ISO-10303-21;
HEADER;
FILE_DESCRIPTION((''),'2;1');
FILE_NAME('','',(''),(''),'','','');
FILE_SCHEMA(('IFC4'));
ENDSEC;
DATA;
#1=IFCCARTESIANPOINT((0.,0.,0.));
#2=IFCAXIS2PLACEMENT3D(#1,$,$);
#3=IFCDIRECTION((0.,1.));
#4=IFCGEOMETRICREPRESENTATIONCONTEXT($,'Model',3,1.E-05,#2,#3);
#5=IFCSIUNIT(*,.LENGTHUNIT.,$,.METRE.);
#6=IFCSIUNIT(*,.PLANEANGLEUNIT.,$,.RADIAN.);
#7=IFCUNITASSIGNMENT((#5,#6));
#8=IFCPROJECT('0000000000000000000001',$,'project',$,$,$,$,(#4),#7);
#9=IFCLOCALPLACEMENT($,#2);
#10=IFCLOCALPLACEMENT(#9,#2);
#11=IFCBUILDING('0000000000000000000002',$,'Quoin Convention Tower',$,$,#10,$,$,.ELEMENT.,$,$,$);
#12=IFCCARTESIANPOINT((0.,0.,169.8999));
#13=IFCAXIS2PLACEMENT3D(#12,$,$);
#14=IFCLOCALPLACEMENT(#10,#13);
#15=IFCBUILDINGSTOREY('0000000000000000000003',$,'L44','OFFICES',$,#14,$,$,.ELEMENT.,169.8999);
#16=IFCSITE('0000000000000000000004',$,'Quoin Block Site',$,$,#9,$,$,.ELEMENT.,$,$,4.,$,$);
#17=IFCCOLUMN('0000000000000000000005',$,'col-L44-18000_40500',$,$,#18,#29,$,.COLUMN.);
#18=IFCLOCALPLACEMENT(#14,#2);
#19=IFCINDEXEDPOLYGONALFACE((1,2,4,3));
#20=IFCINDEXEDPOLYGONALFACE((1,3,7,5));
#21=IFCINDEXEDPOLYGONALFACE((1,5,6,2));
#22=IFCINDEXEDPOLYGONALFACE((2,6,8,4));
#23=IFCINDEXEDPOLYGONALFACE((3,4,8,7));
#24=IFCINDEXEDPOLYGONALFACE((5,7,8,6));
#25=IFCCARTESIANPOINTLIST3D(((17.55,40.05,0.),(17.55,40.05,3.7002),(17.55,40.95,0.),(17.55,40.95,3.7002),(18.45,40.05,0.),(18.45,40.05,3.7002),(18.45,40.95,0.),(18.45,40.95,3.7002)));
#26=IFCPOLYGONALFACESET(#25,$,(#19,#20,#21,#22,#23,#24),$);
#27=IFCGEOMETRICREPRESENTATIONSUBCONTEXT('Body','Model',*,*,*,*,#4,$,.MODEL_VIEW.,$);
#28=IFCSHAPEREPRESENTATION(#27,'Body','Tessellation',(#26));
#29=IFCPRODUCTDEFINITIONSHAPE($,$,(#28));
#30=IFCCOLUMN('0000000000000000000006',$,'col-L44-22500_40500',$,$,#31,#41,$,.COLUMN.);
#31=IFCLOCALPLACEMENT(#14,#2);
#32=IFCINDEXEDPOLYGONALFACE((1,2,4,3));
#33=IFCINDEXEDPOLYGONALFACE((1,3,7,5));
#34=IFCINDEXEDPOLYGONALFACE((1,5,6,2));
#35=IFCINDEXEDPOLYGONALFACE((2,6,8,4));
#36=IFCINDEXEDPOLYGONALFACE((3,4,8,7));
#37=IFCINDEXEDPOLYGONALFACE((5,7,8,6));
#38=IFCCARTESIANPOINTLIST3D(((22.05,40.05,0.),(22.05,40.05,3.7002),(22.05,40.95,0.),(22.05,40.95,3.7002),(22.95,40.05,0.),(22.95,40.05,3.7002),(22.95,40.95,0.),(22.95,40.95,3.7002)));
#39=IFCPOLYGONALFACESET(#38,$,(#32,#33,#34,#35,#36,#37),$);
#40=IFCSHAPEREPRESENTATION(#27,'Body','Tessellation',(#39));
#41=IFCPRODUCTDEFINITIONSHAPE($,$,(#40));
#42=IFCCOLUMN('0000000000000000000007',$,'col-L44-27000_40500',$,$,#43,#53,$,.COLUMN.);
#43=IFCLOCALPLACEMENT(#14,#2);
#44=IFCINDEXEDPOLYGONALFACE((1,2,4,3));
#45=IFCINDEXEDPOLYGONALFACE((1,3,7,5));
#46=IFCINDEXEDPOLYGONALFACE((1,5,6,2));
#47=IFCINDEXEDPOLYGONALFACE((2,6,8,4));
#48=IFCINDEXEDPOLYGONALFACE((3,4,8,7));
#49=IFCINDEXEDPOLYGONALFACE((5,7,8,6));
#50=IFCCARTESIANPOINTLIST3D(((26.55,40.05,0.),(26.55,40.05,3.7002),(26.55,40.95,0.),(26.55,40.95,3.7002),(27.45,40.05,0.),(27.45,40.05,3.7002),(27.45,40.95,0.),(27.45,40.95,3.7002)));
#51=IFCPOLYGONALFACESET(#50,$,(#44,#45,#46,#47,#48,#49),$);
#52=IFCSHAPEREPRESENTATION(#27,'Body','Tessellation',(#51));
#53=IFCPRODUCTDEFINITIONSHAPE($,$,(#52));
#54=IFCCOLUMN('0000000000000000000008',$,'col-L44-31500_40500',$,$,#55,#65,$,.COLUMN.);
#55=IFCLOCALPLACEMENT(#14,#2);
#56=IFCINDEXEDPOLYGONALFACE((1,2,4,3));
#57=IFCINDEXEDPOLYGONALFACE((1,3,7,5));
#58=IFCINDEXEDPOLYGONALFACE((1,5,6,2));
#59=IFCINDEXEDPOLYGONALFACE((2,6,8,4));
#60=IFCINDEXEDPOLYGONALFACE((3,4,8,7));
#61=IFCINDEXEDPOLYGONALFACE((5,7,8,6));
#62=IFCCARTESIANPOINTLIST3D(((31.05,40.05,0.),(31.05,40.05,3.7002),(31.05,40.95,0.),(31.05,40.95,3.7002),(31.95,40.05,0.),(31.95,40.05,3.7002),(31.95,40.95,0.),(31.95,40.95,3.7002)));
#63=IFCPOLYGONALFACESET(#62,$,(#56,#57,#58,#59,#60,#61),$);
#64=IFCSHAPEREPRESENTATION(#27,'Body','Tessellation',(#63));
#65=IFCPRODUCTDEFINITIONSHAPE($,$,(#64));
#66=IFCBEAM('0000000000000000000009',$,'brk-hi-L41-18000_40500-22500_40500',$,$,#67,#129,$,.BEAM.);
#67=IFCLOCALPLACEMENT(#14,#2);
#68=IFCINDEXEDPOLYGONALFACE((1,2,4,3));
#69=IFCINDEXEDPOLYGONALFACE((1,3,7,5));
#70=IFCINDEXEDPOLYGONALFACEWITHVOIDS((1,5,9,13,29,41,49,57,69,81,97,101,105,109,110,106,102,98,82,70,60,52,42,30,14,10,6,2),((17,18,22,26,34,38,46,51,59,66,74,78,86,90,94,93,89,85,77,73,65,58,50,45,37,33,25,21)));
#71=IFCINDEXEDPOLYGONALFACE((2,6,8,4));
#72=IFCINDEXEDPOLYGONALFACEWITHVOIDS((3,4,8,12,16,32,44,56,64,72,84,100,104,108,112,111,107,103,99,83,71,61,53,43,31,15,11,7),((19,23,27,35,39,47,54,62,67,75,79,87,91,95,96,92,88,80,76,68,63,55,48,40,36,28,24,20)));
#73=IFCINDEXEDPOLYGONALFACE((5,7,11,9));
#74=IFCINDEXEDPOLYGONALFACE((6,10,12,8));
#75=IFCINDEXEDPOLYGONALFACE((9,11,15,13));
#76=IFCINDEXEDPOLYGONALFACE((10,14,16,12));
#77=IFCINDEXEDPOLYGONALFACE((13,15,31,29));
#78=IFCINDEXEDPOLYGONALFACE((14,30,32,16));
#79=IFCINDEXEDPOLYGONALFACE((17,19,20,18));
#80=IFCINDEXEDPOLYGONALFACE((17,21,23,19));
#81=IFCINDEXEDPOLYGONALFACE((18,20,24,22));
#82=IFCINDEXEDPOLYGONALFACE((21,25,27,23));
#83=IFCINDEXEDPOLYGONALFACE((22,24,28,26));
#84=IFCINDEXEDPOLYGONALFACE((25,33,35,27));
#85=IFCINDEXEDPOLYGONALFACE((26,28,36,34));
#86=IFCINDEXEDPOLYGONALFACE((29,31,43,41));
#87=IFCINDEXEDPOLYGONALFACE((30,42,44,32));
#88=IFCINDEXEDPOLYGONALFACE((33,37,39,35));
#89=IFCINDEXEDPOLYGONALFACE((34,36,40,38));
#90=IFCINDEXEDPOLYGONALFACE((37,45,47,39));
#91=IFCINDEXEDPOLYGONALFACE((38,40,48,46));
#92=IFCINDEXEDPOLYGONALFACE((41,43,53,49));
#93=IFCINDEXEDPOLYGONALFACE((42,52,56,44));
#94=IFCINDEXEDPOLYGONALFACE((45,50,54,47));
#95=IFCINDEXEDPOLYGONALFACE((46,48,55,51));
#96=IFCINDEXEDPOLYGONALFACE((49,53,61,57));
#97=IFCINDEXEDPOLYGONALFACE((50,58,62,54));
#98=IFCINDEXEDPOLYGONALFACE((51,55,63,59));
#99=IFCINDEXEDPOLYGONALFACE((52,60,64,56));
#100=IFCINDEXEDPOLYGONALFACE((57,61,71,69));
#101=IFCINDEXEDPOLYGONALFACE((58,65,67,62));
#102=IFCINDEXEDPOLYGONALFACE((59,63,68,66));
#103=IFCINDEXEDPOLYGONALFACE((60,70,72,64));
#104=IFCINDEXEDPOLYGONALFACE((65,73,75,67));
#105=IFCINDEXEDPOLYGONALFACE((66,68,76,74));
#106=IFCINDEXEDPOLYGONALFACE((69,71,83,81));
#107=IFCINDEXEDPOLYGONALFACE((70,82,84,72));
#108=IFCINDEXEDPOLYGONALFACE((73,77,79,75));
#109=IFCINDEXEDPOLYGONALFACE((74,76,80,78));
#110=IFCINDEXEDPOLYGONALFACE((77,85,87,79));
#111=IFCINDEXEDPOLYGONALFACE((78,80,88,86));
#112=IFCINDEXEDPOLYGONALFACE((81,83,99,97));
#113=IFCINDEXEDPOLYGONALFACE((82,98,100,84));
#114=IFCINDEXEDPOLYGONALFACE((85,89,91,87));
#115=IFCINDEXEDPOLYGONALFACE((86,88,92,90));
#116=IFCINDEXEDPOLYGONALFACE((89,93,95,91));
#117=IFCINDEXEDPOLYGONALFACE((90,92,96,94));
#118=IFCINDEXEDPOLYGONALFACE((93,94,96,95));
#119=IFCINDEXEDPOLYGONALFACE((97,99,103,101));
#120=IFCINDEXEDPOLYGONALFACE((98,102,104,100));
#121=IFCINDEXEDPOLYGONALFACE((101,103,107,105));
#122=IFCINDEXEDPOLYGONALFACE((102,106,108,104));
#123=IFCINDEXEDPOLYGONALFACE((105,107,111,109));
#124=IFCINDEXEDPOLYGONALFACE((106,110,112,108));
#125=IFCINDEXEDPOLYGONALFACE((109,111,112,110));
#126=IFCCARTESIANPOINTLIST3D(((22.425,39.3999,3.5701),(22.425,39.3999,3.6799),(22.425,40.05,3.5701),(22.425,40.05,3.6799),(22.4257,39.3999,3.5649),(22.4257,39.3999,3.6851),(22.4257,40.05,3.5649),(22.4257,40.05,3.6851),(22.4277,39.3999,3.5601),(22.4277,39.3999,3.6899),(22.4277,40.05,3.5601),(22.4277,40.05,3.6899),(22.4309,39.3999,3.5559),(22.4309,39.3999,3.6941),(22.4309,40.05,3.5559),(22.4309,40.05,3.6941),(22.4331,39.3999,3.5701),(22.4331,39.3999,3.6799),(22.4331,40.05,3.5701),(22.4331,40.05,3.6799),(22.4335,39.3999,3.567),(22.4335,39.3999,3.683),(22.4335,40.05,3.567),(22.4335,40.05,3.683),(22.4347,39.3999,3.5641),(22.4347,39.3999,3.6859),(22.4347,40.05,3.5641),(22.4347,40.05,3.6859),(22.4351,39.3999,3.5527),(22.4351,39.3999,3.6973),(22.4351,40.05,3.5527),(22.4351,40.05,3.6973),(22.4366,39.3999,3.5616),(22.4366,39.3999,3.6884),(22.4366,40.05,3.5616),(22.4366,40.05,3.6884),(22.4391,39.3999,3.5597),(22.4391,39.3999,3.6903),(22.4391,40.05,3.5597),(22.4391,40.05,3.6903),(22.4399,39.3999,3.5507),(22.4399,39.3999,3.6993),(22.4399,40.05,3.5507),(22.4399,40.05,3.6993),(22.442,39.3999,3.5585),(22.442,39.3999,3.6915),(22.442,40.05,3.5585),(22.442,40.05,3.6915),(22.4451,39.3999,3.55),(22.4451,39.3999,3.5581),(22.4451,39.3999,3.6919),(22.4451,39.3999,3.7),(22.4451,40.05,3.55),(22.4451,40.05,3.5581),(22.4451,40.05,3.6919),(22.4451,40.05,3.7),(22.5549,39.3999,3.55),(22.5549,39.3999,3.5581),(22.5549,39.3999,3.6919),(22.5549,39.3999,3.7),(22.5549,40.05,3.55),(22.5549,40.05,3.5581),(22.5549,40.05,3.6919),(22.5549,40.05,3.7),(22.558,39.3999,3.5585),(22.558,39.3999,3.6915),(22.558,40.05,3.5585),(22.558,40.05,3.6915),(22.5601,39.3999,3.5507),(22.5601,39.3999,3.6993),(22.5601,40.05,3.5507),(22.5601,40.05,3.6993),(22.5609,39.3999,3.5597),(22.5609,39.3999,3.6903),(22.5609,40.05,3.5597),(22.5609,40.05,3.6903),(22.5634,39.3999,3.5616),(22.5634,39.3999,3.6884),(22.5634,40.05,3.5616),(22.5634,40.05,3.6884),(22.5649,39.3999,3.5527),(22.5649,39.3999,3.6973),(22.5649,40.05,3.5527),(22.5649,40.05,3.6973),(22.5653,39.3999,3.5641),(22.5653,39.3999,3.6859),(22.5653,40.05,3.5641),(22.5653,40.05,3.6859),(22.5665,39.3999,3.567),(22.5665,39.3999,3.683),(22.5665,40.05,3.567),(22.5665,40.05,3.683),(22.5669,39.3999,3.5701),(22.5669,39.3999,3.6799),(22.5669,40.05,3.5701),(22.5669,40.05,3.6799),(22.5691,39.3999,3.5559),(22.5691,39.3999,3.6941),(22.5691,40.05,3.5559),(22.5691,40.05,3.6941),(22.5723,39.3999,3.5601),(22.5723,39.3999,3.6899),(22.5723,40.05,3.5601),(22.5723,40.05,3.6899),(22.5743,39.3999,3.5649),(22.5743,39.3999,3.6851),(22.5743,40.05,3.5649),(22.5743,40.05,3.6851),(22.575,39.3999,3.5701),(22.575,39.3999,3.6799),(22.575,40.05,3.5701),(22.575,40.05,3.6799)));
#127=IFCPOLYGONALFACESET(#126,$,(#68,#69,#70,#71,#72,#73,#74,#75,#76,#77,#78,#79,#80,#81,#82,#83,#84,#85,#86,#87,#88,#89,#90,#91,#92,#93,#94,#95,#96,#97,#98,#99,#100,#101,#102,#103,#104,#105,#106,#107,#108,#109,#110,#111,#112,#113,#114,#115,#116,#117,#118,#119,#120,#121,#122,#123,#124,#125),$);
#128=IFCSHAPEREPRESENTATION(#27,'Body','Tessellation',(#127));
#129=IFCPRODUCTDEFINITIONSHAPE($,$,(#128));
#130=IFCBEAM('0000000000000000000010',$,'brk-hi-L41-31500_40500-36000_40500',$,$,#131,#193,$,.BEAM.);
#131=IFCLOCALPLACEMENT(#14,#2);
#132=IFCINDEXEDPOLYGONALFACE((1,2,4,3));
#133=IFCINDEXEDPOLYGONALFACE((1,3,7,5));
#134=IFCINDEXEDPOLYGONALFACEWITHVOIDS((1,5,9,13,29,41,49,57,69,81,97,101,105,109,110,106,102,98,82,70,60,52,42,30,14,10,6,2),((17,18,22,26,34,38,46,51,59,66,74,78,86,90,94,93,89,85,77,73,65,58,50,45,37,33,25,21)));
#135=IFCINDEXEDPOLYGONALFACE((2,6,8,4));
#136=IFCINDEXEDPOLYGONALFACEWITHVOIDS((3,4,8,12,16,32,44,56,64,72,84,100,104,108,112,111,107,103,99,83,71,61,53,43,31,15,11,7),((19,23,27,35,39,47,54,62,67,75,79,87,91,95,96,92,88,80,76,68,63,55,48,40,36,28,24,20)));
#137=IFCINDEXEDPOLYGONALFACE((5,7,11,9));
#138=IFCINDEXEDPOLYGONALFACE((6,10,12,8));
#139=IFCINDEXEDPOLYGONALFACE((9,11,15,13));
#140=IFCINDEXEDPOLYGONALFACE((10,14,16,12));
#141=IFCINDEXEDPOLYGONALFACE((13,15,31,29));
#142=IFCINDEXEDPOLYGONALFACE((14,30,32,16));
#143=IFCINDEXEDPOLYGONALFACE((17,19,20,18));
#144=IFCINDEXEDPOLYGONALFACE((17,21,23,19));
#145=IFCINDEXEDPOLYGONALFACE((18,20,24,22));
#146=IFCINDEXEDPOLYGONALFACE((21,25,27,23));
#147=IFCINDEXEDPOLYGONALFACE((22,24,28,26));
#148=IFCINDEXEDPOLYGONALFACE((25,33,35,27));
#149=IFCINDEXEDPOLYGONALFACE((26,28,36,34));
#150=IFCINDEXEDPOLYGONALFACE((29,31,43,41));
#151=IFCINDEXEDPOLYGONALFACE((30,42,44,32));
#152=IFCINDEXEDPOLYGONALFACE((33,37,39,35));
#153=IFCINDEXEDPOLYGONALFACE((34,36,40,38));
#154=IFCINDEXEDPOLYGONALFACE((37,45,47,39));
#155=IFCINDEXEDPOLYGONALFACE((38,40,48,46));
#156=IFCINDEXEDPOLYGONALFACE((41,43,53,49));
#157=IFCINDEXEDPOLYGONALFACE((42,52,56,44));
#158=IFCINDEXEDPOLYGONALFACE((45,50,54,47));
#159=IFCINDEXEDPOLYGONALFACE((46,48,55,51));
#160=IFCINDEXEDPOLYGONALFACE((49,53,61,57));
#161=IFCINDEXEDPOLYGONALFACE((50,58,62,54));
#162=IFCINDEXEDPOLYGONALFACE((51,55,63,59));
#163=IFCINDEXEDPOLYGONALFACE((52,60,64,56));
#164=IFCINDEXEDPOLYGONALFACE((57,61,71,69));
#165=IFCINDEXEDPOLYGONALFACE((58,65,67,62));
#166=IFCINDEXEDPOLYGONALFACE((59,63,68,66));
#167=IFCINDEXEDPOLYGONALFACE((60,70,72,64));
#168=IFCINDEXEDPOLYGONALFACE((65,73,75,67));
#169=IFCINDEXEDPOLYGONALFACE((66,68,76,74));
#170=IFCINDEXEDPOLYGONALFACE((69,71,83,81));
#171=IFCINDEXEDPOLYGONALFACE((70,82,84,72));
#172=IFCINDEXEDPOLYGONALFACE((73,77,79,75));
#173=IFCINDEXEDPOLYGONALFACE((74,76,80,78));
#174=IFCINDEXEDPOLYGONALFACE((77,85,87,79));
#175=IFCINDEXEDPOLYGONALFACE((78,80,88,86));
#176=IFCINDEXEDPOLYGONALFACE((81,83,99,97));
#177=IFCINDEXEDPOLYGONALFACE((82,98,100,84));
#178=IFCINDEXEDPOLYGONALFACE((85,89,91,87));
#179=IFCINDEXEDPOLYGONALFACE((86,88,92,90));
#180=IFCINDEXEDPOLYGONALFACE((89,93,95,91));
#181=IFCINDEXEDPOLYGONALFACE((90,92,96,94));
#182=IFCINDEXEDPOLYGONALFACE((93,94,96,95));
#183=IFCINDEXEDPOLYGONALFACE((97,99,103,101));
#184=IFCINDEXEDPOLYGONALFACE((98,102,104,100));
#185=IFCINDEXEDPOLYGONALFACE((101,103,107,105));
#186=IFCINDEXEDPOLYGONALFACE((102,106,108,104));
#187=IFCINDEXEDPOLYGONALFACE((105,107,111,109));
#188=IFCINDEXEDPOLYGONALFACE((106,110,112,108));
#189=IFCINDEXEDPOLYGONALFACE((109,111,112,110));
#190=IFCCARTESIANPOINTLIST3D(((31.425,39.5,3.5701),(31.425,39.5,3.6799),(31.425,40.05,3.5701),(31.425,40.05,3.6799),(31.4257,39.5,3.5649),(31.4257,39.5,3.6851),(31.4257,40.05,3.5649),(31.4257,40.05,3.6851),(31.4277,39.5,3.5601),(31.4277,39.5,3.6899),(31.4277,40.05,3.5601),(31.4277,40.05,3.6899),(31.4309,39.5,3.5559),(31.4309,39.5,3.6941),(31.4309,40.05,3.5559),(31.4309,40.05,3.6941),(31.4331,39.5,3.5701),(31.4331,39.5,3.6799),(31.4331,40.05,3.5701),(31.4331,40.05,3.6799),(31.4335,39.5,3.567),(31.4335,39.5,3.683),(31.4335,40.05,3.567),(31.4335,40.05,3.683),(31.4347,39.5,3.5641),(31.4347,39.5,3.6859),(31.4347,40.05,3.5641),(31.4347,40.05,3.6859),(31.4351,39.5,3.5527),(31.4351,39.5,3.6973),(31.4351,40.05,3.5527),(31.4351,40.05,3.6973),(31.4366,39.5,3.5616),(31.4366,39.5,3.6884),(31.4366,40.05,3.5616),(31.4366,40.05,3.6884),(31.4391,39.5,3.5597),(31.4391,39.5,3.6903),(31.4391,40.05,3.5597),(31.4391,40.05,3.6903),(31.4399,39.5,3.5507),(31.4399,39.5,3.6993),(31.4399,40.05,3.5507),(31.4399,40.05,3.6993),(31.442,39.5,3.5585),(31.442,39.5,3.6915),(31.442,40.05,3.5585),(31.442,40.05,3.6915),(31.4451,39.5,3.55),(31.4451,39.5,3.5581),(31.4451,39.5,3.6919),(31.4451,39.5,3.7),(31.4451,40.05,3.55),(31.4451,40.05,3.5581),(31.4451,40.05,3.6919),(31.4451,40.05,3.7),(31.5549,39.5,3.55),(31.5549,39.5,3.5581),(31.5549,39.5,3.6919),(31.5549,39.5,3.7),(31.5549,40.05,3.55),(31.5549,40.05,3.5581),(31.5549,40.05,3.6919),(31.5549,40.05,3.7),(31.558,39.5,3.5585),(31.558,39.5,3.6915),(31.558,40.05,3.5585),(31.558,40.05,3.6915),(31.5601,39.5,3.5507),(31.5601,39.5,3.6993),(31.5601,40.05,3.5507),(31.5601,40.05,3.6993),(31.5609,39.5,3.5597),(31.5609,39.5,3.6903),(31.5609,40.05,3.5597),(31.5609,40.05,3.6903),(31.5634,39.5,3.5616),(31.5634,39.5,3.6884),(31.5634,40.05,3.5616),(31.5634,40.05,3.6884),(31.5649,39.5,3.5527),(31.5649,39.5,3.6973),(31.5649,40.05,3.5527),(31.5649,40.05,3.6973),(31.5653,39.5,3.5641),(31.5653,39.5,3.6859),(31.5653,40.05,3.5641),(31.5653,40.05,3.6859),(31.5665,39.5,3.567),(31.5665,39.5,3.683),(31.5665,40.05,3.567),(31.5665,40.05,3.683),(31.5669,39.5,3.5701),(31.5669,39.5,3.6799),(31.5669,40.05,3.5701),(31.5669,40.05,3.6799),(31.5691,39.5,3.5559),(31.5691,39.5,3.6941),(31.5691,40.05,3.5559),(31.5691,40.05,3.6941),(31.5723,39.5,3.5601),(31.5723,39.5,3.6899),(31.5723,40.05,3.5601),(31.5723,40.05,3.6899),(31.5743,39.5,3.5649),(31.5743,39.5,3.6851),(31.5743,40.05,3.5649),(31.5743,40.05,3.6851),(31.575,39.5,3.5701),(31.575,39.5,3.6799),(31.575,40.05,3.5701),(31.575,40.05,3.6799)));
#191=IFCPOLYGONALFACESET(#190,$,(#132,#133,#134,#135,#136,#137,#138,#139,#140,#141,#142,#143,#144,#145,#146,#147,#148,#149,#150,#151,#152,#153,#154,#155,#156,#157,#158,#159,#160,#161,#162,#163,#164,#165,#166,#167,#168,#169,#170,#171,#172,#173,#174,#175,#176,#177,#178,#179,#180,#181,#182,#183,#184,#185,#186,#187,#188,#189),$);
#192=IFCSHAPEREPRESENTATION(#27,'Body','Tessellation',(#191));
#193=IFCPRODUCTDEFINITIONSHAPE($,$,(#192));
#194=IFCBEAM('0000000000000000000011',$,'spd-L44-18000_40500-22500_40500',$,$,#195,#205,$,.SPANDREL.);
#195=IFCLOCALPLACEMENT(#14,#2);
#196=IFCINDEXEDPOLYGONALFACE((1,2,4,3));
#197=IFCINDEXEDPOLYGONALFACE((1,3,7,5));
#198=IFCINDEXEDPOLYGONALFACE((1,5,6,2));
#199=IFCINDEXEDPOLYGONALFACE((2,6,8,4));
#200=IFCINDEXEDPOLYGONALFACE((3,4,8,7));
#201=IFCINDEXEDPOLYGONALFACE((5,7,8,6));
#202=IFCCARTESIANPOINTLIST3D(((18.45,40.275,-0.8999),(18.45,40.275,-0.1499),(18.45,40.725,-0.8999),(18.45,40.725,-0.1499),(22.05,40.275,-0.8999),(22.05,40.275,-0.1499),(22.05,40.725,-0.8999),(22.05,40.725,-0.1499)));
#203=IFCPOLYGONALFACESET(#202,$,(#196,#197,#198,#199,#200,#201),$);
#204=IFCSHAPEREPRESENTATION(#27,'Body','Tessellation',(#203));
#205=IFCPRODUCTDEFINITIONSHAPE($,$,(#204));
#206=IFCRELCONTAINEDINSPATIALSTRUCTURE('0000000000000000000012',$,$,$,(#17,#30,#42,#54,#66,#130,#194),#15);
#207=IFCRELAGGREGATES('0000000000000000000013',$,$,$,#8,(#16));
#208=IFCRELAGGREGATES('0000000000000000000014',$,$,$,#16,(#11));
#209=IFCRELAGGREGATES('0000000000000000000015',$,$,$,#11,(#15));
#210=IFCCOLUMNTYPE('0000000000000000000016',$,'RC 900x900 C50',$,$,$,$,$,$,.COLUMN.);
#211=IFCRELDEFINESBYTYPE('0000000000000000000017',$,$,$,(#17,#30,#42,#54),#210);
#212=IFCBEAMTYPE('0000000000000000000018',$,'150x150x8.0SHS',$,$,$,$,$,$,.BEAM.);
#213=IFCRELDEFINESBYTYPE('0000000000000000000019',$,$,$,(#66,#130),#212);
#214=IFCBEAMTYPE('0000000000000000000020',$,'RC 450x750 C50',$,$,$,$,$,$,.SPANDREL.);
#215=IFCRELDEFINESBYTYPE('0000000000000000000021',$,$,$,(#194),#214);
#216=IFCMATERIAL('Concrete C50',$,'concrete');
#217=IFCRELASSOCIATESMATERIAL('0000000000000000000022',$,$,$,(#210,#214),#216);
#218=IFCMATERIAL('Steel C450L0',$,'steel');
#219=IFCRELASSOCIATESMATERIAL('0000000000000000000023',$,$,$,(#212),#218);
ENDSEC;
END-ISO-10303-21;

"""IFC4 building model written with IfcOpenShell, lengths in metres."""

from ifc_helpers import new_model, si_unit, direction, frame, origin, origin_2d, place, context, subcontext, project, spatial, rectangle, hollow_rectangle, extrude, material, material_profile, profile_set, type_object, element, save


model = new_model("IFC4")

# Units and contexts
model_context = context("Model", 3, precision=1e-05, world=origin(), true_north=direction((0.0, 1.0)))
body_context = subcontext(model_context, "Body", "Model", "MODEL_VIEW")
ifc_project = project(units=[si_unit("LENGTHUNIT", "METRE"), si_unit("PLANEANGLEUNIT", "RADIAN")], contexts=[model_context])

# Site, building, storey
site_placement = place(None, origin())
site = spatial("IfcSite", under=ifc_project, at=site_placement, Name="Quoin Block Site", CompositionType="ELEMENT", RefElevation=4.0)
building_placement = place(site_placement, origin())
building = spatial("IfcBuilding", under=site, at=building_placement, Name="Quoin Convention Tower", CompositionType="ELEMENT")
storey_placement = place(building_placement, frame((0.0, 0.0, 169.8999)))
storey = spatial("IfcBuildingStorey", under=building, at=storey_placement, Name="L44", Description="OFFICES", CompositionType="ELEMENT", Elevation=169.8999)

# Columns
ifc_material_1 = material(Name="Concrete C50", Category="concrete")
ifc_material_profile_1 = material_profile(ifc_material_1, rectangle(XDim=0.8999, YDim=0.8999, at=origin_2d()), Name="RC 900x900")
ifc_profile_set_1 = profile_set([ifc_material_profile_1], Name="Concrete C50")
column_type = type_object("IfcColumnType", Name="RC 900x900 C50", PredefinedType="COLUMN", material=ifc_profile_set_1)
for number, where, z_axis, x_axis, name in (
    (1, (18.0, 40.5, 0.0), (0.0, 0.0, 1.0), (1.0, 0.0, 0.0), "col-L44-18000_40500"),
    (2, (22.5, 40.5, 0.0), (0.0, 0.0, 1.0), (1.0, 0.0, 0.0), "col-L44-22500_40500"),
    (3, (27.0, 40.5, 0.0), (0.0, 0.0, 1.0), (1.0, 0.0, 0.0), "col-L44-27000_40500"),
    (4, (31.5, 40.5, 0.0), (0.0, 0.0, 1.0), (1.0, 0.0, 0.0), "col-L44-31500_40500"),
):
    element("IfcColumn", number, at=place(storey_placement, frame(where, z_axis=z_axis, x_axis=x_axis)), inside=storey, type_object=column_type, Name=name, PredefinedType="COLUMN", context=body_context, shape_type="SweptSolid", body=[
        extrude(rectangle(XDim=0.8999, YDim=0.8999, at=origin_2d()), origin(), (0.0, 0.0, 1.0), 3.7002),
    ])

# Beams
ifc_material_2 = material(Name="Steel C450L0", Category="steel")
ifc_material_profile_2 = material_profile(ifc_material_2, hollow_rectangle(XDim=0.1499, YDim=0.1499, WallThickness=0.0081, InnerFilletRadius=0.012, OuterFilletRadius=0.02, at=origin_2d()), Name="150x150x8.0SHS")
ifc_profile_set_2 = profile_set([ifc_material_profile_2], Name="Steel C450L0")
beam_type_1 = type_object("IfcBeamType", Name="150x150x8.0SHS", PredefinedType="BEAM", material=ifc_profile_set_2)
beam_1_placement = place(storey_placement, frame((22.5, 40.05, 3.625), z_axis=(0.0, -1.0, 0.0), x_axis=(1.0, 0.0, 0.0)))
element("IfcBeam", 5, at=beam_1_placement, inside=storey, type_object=beam_type_1, Name="brk-hi-L41-18000_40500-22500_40500", PredefinedType="BEAM", context=body_context, shape_type="SweptSolid", body=[
    extrude(hollow_rectangle(XDim=0.1499, YDim=0.1499, WallThickness=0.0081, InnerFilletRadius=0.012, OuterFilletRadius=0.02, at=origin_2d()), origin(), (0.0, 0.0, 1.0), 0.6501),
])
beam_2_placement = place(storey_placement, frame((31.5, 40.05, 3.625), z_axis=(0.0, -1.0, 0.0), x_axis=(1.0, 0.0, 0.0)))
element("IfcBeam", 6, at=beam_2_placement, inside=storey, type_object=beam_type_1, Name="brk-hi-L41-31500_40500-36000_40500", PredefinedType="BEAM", context=body_context, shape_type="SweptSolid", body=[
    extrude(hollow_rectangle(XDim=0.1499, YDim=0.1499, WallThickness=0.0081, InnerFilletRadius=0.012, OuterFilletRadius=0.02, at=origin_2d()), origin(), (0.0, 0.0, 1.0), 0.55),
])
ifc_material_profile_3 = material_profile(ifc_material_1, rectangle(XDim=0.45, YDim=0.75, at=origin_2d()), Name="RC 450x750")
ifc_profile_set_3 = profile_set([ifc_material_profile_3], Name="Concrete C50")
beam_type_2 = type_object("IfcBeamType", Name="RC 450x750 C50", PredefinedType="SPANDREL", material=ifc_profile_set_3)
for number, where, z_axis, x_axis, name in (
    (7, (18.45, 40.5, -0.5249), (1.0, 0.0, 0.0), (0.0, 1.0, 0.0), "spd-L44-18000_40500-22500_40500"),
):
    element("IfcBeam", number, at=place(storey_placement, frame(where, z_axis=z_axis, x_axis=x_axis)), inside=storey, type_object=beam_type_2, Name=name, PredefinedType="SPANDREL", context=body_context, shape_type="SweptSolid", body=[
        extrude(rectangle(XDim=0.45, YDim=0.75, at=origin_2d()), origin(), (0.0, 0.0, 1.0), 3.6001),
    ])

save(model, "model.ifc")
